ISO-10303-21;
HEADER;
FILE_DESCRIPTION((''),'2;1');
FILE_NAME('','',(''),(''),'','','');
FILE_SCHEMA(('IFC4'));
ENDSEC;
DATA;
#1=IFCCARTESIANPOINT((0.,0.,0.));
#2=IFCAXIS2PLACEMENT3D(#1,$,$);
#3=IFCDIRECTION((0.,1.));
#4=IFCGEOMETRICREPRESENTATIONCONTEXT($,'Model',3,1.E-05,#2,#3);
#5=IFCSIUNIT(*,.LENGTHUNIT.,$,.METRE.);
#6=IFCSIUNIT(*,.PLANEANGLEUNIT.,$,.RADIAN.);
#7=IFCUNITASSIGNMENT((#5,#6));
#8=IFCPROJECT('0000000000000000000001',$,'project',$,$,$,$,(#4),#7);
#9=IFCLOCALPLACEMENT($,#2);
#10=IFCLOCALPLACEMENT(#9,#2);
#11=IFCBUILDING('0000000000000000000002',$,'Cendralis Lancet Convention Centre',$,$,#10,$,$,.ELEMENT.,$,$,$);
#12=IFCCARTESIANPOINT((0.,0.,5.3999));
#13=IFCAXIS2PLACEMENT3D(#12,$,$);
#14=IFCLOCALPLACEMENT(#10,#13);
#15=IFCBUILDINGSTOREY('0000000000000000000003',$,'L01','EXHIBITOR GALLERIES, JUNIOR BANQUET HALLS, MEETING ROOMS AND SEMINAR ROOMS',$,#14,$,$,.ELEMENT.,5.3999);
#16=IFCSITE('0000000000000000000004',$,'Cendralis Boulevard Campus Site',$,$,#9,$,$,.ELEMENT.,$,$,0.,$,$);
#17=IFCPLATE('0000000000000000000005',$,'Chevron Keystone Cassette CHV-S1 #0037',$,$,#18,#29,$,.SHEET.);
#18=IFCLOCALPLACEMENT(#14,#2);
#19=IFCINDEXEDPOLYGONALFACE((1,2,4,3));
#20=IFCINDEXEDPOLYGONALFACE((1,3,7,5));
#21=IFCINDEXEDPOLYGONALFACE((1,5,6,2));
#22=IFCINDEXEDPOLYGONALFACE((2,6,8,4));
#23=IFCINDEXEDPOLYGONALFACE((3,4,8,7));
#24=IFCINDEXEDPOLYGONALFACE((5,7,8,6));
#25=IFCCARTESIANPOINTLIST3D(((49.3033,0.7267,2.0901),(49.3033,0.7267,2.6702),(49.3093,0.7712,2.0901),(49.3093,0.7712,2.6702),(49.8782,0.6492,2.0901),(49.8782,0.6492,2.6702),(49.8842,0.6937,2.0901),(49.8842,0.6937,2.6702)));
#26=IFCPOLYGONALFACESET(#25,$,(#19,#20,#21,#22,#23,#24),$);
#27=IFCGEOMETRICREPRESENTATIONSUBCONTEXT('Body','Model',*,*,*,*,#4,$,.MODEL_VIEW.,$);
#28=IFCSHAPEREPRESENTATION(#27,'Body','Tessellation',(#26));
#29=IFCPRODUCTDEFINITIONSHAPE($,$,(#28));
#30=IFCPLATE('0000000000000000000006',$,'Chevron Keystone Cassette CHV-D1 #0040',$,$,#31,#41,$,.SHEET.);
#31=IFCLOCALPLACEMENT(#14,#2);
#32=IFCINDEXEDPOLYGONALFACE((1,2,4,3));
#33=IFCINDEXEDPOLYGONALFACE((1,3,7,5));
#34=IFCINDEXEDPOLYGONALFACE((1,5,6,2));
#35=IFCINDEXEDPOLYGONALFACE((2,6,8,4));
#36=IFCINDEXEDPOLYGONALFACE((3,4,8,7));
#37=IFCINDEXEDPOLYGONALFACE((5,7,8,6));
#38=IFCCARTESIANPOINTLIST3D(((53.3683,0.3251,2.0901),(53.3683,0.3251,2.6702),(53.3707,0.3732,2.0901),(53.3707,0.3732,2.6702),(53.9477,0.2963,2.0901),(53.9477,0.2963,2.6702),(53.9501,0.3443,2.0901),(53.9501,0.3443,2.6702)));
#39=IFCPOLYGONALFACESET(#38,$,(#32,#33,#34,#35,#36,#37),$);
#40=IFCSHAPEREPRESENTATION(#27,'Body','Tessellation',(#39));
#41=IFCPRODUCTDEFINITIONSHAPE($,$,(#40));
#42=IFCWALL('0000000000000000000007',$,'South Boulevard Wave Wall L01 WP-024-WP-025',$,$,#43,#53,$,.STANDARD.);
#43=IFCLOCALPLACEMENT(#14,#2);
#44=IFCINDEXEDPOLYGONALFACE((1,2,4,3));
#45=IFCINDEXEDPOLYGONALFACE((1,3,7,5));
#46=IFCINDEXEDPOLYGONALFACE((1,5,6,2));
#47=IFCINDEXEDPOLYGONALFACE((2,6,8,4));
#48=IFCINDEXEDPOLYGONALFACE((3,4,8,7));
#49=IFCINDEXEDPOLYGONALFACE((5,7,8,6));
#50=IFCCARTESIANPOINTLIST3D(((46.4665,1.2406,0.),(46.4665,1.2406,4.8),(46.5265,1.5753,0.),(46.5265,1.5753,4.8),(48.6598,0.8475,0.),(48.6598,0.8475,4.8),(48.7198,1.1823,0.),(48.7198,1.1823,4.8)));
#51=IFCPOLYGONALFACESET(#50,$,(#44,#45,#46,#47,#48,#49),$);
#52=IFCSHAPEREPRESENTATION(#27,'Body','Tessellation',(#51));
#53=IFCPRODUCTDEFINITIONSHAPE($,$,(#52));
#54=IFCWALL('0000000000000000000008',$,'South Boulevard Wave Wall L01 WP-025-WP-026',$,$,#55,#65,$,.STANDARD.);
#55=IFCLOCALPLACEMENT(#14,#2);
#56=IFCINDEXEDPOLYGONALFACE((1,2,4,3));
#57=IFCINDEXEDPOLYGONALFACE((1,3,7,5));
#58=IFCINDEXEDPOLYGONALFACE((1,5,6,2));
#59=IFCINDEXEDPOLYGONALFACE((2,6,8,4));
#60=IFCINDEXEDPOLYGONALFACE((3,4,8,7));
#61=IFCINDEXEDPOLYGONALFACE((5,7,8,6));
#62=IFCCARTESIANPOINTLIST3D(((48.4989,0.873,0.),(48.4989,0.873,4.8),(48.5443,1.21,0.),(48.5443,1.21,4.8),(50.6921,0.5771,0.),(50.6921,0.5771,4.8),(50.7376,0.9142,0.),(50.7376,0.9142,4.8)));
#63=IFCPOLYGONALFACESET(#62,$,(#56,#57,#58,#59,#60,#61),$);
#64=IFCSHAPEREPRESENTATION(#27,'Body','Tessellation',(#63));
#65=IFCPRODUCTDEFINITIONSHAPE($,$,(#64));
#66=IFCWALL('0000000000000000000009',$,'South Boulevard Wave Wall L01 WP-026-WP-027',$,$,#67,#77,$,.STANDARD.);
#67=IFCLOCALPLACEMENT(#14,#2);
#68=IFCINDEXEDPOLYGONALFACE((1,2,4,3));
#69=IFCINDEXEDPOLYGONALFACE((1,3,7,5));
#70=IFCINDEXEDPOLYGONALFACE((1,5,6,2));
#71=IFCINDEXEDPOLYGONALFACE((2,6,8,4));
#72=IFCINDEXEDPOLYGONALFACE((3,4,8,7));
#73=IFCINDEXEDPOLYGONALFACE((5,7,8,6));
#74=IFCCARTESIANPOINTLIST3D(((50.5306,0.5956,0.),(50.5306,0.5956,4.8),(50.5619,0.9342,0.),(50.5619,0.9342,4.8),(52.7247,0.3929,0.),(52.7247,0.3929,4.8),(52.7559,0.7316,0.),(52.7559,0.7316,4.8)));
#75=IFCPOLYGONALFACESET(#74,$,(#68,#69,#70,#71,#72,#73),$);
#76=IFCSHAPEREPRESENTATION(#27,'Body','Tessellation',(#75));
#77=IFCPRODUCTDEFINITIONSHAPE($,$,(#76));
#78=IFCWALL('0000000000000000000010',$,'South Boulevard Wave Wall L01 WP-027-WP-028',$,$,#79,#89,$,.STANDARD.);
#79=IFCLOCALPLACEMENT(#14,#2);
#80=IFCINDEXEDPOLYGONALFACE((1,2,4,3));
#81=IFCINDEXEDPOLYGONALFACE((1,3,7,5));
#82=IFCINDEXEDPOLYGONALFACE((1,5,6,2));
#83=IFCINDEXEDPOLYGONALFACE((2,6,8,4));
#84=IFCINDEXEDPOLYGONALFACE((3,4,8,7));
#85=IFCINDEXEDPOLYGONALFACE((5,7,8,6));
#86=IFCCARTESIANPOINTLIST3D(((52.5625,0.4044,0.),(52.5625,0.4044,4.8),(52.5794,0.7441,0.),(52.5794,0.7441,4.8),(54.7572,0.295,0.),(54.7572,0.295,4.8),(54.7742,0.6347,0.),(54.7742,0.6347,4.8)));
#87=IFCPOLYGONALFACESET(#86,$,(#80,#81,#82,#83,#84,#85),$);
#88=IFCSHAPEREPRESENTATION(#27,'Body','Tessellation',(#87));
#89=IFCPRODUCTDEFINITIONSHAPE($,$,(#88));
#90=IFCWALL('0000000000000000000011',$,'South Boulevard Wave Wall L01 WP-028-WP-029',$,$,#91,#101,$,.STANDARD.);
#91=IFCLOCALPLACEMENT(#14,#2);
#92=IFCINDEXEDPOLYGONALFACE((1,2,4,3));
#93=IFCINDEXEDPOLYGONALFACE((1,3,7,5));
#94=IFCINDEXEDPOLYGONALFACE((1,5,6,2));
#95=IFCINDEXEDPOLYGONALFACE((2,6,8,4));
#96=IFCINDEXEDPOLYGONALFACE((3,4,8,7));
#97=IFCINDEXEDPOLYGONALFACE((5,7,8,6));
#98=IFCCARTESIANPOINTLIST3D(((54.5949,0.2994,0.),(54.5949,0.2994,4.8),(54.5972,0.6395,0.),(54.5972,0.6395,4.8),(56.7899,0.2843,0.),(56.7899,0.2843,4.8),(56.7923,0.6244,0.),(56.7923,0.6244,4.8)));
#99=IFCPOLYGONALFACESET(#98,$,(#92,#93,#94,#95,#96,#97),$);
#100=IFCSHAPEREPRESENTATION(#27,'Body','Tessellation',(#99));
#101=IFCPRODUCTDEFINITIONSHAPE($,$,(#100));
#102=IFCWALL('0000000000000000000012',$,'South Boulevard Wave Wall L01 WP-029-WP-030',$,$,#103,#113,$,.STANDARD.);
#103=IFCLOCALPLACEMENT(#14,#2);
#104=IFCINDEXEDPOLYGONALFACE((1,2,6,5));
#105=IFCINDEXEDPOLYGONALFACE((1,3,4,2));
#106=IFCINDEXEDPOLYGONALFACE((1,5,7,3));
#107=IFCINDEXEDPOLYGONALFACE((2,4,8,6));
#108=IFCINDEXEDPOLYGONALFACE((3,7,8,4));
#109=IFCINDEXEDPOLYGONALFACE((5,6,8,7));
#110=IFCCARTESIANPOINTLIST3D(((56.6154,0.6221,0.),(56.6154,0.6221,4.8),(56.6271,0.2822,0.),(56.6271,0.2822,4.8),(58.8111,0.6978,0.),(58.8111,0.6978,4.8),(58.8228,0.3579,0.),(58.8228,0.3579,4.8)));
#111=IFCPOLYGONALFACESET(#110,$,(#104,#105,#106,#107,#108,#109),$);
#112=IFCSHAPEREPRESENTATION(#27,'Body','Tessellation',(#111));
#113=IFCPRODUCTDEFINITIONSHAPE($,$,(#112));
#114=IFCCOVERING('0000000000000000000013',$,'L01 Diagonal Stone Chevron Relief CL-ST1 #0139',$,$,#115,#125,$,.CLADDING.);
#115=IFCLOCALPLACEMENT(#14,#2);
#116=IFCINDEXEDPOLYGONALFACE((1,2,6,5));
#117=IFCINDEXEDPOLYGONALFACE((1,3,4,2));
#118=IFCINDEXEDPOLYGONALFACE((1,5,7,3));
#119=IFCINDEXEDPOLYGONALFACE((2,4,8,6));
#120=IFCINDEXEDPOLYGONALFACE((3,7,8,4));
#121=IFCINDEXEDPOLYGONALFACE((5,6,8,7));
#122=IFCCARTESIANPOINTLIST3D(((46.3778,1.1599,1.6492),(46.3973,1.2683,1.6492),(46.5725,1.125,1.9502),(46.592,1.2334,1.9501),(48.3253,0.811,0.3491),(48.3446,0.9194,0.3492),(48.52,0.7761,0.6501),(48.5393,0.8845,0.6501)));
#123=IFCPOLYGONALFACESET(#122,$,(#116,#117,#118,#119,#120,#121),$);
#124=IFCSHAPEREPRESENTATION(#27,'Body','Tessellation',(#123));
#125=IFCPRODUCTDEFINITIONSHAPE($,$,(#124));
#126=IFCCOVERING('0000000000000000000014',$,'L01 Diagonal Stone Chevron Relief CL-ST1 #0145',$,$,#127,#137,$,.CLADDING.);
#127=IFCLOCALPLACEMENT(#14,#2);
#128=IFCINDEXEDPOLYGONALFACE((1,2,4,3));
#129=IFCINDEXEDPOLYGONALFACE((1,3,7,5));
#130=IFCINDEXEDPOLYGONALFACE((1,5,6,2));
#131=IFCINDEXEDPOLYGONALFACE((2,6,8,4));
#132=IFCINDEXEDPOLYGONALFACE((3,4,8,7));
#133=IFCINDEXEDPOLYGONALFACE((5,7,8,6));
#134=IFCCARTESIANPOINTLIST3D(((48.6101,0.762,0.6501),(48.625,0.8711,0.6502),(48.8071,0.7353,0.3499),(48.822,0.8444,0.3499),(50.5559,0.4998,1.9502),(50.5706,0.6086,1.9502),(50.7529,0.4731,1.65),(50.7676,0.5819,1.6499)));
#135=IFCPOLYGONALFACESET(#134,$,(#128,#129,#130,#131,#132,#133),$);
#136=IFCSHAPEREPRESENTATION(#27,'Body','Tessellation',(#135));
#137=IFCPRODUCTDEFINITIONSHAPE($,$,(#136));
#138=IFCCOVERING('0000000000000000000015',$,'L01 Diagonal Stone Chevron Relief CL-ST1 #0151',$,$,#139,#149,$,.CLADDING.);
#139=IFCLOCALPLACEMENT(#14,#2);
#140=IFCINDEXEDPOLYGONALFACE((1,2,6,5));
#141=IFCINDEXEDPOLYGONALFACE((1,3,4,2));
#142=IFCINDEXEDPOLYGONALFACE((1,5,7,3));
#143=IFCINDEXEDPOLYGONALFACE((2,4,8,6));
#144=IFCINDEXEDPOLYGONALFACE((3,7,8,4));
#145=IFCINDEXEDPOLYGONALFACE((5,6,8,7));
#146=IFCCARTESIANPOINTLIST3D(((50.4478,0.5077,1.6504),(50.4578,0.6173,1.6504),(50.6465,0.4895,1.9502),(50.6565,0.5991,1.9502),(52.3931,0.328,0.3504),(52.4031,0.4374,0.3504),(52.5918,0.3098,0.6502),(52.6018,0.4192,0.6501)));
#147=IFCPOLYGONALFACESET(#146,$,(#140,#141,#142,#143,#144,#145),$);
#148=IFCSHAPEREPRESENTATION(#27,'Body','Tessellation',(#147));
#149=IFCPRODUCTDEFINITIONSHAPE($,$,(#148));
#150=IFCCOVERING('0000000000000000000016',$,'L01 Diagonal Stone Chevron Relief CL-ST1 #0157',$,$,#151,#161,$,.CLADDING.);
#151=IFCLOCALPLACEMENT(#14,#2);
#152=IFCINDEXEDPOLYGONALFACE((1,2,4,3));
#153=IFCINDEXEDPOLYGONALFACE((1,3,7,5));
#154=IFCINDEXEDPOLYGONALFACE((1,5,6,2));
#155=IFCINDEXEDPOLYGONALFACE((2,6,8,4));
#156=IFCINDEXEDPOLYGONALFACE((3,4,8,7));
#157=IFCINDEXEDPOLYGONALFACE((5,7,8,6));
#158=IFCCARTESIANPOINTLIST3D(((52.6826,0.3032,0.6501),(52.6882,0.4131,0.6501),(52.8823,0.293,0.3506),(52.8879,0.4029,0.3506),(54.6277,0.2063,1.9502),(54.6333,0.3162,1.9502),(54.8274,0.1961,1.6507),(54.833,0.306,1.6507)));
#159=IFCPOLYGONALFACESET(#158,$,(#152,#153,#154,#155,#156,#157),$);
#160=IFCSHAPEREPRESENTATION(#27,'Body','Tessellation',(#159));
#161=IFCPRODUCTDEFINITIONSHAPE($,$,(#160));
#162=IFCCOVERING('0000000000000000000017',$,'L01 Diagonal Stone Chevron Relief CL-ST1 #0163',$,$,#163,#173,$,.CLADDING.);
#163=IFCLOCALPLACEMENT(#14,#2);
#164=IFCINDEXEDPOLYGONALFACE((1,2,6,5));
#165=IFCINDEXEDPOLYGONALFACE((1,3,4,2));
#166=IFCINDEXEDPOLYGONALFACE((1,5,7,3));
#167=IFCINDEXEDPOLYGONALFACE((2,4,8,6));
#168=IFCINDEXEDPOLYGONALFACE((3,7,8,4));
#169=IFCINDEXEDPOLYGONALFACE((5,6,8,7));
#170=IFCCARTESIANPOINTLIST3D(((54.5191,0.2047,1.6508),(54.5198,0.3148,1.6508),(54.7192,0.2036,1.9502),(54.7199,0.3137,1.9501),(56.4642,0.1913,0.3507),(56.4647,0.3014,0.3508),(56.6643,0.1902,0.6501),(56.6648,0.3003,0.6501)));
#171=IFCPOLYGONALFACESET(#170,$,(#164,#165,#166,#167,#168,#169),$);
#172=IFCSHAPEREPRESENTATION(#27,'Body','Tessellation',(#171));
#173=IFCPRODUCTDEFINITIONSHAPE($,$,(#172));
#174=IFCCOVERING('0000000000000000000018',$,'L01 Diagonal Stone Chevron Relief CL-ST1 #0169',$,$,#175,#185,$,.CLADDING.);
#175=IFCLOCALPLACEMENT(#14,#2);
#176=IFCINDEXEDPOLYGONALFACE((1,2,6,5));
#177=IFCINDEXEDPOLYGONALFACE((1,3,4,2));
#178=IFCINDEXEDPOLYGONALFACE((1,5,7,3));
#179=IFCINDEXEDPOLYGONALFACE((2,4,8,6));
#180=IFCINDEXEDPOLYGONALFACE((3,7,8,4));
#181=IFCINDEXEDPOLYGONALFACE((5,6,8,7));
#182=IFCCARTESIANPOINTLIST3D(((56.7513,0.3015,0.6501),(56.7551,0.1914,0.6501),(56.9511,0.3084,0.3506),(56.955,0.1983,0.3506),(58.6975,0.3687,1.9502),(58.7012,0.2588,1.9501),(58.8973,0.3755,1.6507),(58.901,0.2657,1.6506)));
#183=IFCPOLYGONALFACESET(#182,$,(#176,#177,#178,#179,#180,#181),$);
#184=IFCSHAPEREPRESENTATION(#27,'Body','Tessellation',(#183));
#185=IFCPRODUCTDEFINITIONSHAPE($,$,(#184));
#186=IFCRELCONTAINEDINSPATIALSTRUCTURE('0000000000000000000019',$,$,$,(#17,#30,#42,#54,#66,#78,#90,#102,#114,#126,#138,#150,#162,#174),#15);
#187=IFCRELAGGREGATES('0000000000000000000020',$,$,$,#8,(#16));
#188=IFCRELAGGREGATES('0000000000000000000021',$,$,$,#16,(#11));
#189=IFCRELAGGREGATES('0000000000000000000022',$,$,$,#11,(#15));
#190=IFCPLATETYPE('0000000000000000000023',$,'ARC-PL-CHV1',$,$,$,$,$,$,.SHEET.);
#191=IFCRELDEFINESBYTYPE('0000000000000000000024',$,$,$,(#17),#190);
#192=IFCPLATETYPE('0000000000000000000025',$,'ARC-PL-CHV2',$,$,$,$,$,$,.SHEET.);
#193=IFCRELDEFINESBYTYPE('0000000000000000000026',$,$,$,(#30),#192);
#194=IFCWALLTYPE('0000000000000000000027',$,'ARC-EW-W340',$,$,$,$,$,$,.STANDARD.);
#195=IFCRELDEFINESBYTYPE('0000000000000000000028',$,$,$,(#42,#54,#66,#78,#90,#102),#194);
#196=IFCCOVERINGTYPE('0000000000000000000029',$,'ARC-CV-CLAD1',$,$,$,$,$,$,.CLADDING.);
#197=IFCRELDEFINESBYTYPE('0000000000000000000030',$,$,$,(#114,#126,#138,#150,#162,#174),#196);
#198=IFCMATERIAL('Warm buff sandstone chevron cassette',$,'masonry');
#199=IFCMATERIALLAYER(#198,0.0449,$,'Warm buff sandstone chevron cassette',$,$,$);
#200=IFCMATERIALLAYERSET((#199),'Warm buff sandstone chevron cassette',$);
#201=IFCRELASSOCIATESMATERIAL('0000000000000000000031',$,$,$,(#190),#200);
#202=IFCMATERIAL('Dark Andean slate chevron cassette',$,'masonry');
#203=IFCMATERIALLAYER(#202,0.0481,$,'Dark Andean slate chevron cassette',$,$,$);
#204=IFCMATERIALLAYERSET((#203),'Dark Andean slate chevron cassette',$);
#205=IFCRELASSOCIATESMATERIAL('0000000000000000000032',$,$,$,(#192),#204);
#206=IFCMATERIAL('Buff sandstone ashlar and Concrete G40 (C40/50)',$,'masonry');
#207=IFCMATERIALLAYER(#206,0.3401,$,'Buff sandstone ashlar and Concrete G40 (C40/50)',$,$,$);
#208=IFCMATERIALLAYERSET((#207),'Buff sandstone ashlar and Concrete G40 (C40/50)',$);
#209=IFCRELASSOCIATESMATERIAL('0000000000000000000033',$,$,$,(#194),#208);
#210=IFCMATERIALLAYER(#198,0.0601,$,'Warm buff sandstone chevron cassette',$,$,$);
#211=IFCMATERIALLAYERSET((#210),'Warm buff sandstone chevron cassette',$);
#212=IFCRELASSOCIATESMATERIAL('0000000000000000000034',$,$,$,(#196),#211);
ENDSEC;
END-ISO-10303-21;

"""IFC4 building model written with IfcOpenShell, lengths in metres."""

from ifc_helpers import new_model, si_unit, direction, frame, frame_2d, origin, origin_2d, place, context, subcontext, project, spatial, polyline, rectangle, outline, extrude, material, layer, layer_set, type_object, element, save


model = new_model("IFC4")

# Units and contexts
model_context = context("Model", 3, precision=1e-05, world=origin(), true_north=direction((0.0, 1.0)))
body_context = subcontext(model_context, "Body", "Model", "MODEL_VIEW")
ifc_project = project(units=[si_unit("LENGTHUNIT", "METRE"), si_unit("PLANEANGLEUNIT", "RADIAN")], contexts=[model_context])

# Site, building, storey
site_placement = place(None, origin())
site = spatial("IfcSite", under=ifc_project, at=site_placement, Name="Cendralis Boulevard Campus Site", CompositionType="ELEMENT", RefElevation=0.0)
building_placement = place(site_placement, origin())
building = spatial("IfcBuilding", under=site, at=building_placement, Name="Cendralis Lancet Convention Centre", CompositionType="ELEMENT")
storey_placement = place(building_placement, frame((0.0, 0.0, 5.3999)))
storey = spatial("IfcBuildingStorey", under=building, at=storey_placement, Name="L01", Description="EXHIBITOR GALLERIES, JUNIOR BANQUET HALLS, MEETING ROOMS AND SEMINAR ROOMS", CompositionType="ELEMENT", Elevation=5.3999)

# Plates
ifc_material_1 = material(Name="Warm buff sandstone chevron cassette", Category="masonry")
ifc_layer_1 = layer(ifc_material_1, 0.0449, Name="Warm buff sandstone chevron cassette")
ifc_layer_set_1 = layer_set([ifc_layer_1], Name="Warm buff sandstone chevron cassette")
plate_type_1 = type_object("IfcPlateType", Name="ARC-PL-CHV1", PredefinedType="SHEET", material=ifc_layer_set_1)
plate_1_placement = place(storey_placement, frame((49.5938, 0.7102, 2.0901), z_axis=(0.0, 0.0, 1.0), x_axis=(0.991035, -0.133606, 0.0)))
element("IfcPlate", 1, at=plate_1_placement, inside=storey, type_object=plate_type_1, Name="Chevron Keystone Cassette CHV-S1 #0037", PredefinedType="SHEET", context=body_context, shape_type="SweptSolid", body=[
    extrude(rectangle(XDim=0.5801, YDim=0.0449, at=origin_2d()), origin(), (0.0, 0.0, 1.0), 0.5801),
])
ifc_material_2 = material(Name="Dark Andean slate chevron cassette", Category="masonry")
ifc_layer_2 = layer(ifc_material_2, 0.0481, Name="Dark Andean slate chevron cassette")
ifc_layer_set_2 = layer_set([ifc_layer_2], Name="Dark Andean slate chevron cassette")
plate_type_2 = type_object("IfcPlateType", Name="ARC-PL-CHV2", PredefinedType="SHEET", material=ifc_layer_set_2)
plate_2_placement = place(storey_placement, frame((53.6592, 0.3347, 2.0901), z_axis=(0.0, 0.0, 1.0), x_axis=(0.998759, -0.049809, 0.0)))
element("IfcPlate", 2, at=plate_2_placement, inside=storey, type_object=plate_type_2, Name="Chevron Keystone Cassette CHV-D1 #0040", PredefinedType="SHEET", context=body_context, shape_type="SweptSolid", body=[
    extrude(rectangle(XDim=0.5801, YDim=0.0481, at=origin_2d()), origin(), (0.0, 0.0, 1.0), 0.5801),
])

# Walls
ifc_material_3 = material(Name="Buff sandstone ashlar and Concrete G40 (C40/50)", Category="masonry")
ifc_layer_3 = layer(ifc_material_3, 0.3401, Name="Buff sandstone ashlar and Concrete G40 (C40/50)")
ifc_layer_set_3 = layer_set([ifc_layer_3], Name="Buff sandstone ashlar and Concrete G40 (C40/50)")
wall_type = type_object("IfcWallType", Name="ARC-EW-W340", PredefinedType="STANDARD", material=ifc_layer_set_3)
wall_1_placement = place(storey_placement, frame((46.4963, 1.408, 0.0), z_axis=(0.0, 0.0, 1.0), x_axis=(0.984319, -0.176397, 0.0)))
element("IfcWall", 3, at=wall_1_placement, inside=storey, type_object=wall_type, Name="South Boulevard Wave Wall L01 WP-024-WP-025", PredefinedType="STANDARD", context=body_context, shape_type="SweptSolid", body=[
    extrude(rectangle(XDim=2.2283, YDim=0.3401, at=frame_2d((1.1143, 0.0))), origin(), (0.0, 0.0, 1.0), 4.8),
])
wall_2_placement = place(storey_placement, frame((48.5217, 1.0415, 0.0), z_axis=(0.0, 0.0, 1.0), x_axis=(0.991022, -0.133695, 0.0)))
element("IfcWall", 4, at=wall_2_placement, inside=storey, type_object=wall_type, Name="South Boulevard Wave Wall L01 WP-025-WP-026", PredefinedType="STANDARD", context=body_context, shape_type="SweptSolid", body=[
    extrude(rectangle(XDim=2.2131, YDim=0.3401, at=frame_2d((1.1064, 0.0))), origin(), (0.0, 0.0, 1.0), 4.8),
])
wall_3_placement = place(storey_placement, frame((50.5464, 0.7649, 0.0), z_axis=(0.0, 0.0, 1.0), x_axis=(0.995762, -0.091964, 0.0)))
element("IfcWall", 5, at=wall_3_placement, inside=storey, type_object=wall_type, Name="South Boulevard Wave Wall L01 WP-026-WP-027", PredefinedType="STANDARD", context=body_context, shape_type="SweptSolid", body=[
    extrude(rectangle(XDim=2.2034, YDim=0.3401, at=frame_2d((1.1016, 0.0))), origin(), (0.0, 0.0, 1.0), 4.8),
])
wall_4_placement = place(storey_placement, frame((52.571, 0.5742, 0.0), z_axis=(0.0, 0.0, 1.0), x_axis=(0.998761, -0.049771, 0.0)))
element("IfcWall", 6, at=wall_4_placement, inside=storey, type_object=wall_type, Name="South Boulevard Wave Wall L01 WP-027-WP-028", PredefinedType="STANDARD", context=body_context, shape_type="SweptSolid", body=[
    extrude(rectangle(XDim=2.1975, YDim=0.3401, at=frame_2d((1.0986, 0.0))), origin(), (0.0, 0.0, 1.0), 4.8),
])
wall_5_placement = place(storey_placement, frame((54.5959, 0.4695, 0.0), z_axis=(0.0, 0.0, 1.0), x_axis=(0.999976, -0.006896, 0.0)))
element("IfcWall", 7, at=wall_5_placement, inside=storey, type_object=wall_type, Name="South Boulevard Wave Wall L01 WP-028-WP-029", PredefinedType="STANDARD", context=body_context, shape_type="SweptSolid", body=[
    extrude(rectangle(XDim=2.1951, YDim=0.3401, at=frame_2d((1.0977, 0.0))), origin(), (0.0, 0.0, 1.0), 4.8),
])
wall_6_placement = place(storey_placement, frame((56.6211, 0.4521, 0.0), z_axis=(0.0, 0.0, 1.0), x_axis=(0.999407, 0.034447, 0.0)))
element("IfcWall", 8, at=wall_6_placement, inside=storey, type_object=wall_type, Name="South Boulevard Wave Wall L01 WP-029-WP-030", PredefinedType="STANDARD", context=body_context, shape_type="SweptSolid", body=[
    extrude(rectangle(XDim=2.197, YDim=0.3401, at=frame_2d((1.0986, 0.0))), origin(), (0.0, 0.0, 1.0), 4.8),
])

# Coverings
ifc_layer_4 = layer(ifc_material_1, 0.0601, Name="Warm buff sandstone chevron cassette")
ifc_layer_set_4 = layer_set([ifc_layer_4], Name="Warm buff sandstone chevron cassette")
covering_type_1 = type_object("IfcCoveringType", Name="ARC-CV-CLAD1", PredefinedType="CLADDING", material=ifc_layer_set_4)
covering_1_placement = place(storey_placement, frame((46.5725, 1.125, 1.9502), z_axis=(0.54057, -0.096791, 0.835713), x_axis=(0.822618, -0.147364, -0.549167)))
element("IfcCovering", 9, at=covering_1_placement, inside=storey, type_object=covering_type_1, Name="L01 Diagonal Stone Chevron Relief CL-ST1 #0139", PredefinedType="CLADDING", context=body_context, shape_type="SweptSolid", body=[
    extrude(outline(polyline([(0.0, 0.0), (2.3674, 0.0), (2.3673, 0.1101), (0.0001, 0.1101), (0.0, 0.0)])), origin(), (0.0, 0.0, -1.0), 0.3601),
])
covering_2_placement = place(storey_placement, frame((48.6101, 0.762, 0.6501), z_axis=(-0.547109, 0.074132, 0.833772), x_axis=(0.826304, -0.111349, 0.552108)))
element("IfcCovering", 10, at=covering_2_placement, inside=storey, type_object=covering_type_1, Name="L01 Diagonal Stone Chevron Relief CL-ST1 #0145", PredefinedType="CLADDING", context=body_context, shape_type="SweptSolid", body=[
    extrude(outline(polyline([(0.0, 0.0), (2.3548, 0.0), (2.3548, 0.1099), (0.0002, 0.1101), (0.0, 0.0)])), origin(), (0.0, 0.0, -1.0), 0.3601),
])
covering_3_placement = place(storey_placement, frame((50.6465, 0.4895, 1.9502), z_axis=(0.551705, -0.050435, 0.832513), x_axis=(0.828984, -0.076573, -0.554005)))
element("IfcCovering", 11, at=covering_3_placement, inside=storey, type_object=covering_type_1, Name="L01 Diagonal Stone Chevron Relief CL-ST1 #0151", PredefinedType="CLADDING", context=body_context, shape_type="SweptSolid", body=[
    extrude(outline(polyline([(0.0, 0.0), (2.3466, 0.0), (2.3465, 0.1098), (-0.0001, 0.1101), (0.0, 0.0)])), origin(), (0.0, 0.0, -1.0), 0.3601),
])
covering_4_placement = place(storey_placement, frame((52.6826, 0.3032, 0.6501), z_axis=(-0.554487, 0.02834, 0.831709), x_axis=(0.830679, -0.041393, 0.555211)))
element("IfcCovering", 12, at=covering_4_placement, inside=storey, type_object=covering_type_1, Name="L01 Diagonal Stone Chevron Relief CL-ST1 #0157", PredefinedType="CLADDING", context=body_context, shape_type="SweptSolid", body=[
    extrude(outline(polyline([(0.0, 0.0), (2.3415, 0.0), (2.3417, 0.11), (0.0001, 0.11), (0.0, 0.0)])), origin(), (0.0, 0.0, -1.0), 0.3601),
])
covering_5_placement = place(storey_placement, frame((54.7192, 0.2036, 1.9502), z_axis=(0.555694, -0.00308, 0.831381), x_axis=(0.831362, -0.005739, -0.555702)))
element("IfcCovering", 13, at=covering_5_placement, inside=storey, type_object=covering_type_1, Name="L01 Diagonal Stone Chevron Relief CL-ST1 #0163", PredefinedType="CLADDING", context=body_context, shape_type="SweptSolid", body=[
    extrude(outline(polyline([(0.0, 0.0), (2.3396, 0.0), (2.3393, 0.1101), (0.0, 0.1101), (0.0, 0.0)])), origin(), (0.0, 0.0, -1.0), 0.3601),
])
covering_6_placement = place(storey_placement, frame((56.7551, 0.1914, 0.6501), z_axis=(-0.554913, -0.019092, 0.831689), x_axis=(0.831191, 0.02878, 0.555241)))
element("IfcCovering", 14, at=covering_6_placement, inside=storey, type_object=covering_type_1, Name="L01 Diagonal Stone Chevron Relief CL-ST1 #0169", PredefinedType="CLADDING", context=body_context, shape_type="SweptSolid", body=[
    extrude(outline(polyline([(0.0, 0.0), (2.3413, 0.0), (2.3414, 0.1099), (-0.0001, 0.1102), (0.0, 0.0)])), origin(), (0.0, 0.0, -1.0), 0.3601),
])

save(model, "model.ifc")
